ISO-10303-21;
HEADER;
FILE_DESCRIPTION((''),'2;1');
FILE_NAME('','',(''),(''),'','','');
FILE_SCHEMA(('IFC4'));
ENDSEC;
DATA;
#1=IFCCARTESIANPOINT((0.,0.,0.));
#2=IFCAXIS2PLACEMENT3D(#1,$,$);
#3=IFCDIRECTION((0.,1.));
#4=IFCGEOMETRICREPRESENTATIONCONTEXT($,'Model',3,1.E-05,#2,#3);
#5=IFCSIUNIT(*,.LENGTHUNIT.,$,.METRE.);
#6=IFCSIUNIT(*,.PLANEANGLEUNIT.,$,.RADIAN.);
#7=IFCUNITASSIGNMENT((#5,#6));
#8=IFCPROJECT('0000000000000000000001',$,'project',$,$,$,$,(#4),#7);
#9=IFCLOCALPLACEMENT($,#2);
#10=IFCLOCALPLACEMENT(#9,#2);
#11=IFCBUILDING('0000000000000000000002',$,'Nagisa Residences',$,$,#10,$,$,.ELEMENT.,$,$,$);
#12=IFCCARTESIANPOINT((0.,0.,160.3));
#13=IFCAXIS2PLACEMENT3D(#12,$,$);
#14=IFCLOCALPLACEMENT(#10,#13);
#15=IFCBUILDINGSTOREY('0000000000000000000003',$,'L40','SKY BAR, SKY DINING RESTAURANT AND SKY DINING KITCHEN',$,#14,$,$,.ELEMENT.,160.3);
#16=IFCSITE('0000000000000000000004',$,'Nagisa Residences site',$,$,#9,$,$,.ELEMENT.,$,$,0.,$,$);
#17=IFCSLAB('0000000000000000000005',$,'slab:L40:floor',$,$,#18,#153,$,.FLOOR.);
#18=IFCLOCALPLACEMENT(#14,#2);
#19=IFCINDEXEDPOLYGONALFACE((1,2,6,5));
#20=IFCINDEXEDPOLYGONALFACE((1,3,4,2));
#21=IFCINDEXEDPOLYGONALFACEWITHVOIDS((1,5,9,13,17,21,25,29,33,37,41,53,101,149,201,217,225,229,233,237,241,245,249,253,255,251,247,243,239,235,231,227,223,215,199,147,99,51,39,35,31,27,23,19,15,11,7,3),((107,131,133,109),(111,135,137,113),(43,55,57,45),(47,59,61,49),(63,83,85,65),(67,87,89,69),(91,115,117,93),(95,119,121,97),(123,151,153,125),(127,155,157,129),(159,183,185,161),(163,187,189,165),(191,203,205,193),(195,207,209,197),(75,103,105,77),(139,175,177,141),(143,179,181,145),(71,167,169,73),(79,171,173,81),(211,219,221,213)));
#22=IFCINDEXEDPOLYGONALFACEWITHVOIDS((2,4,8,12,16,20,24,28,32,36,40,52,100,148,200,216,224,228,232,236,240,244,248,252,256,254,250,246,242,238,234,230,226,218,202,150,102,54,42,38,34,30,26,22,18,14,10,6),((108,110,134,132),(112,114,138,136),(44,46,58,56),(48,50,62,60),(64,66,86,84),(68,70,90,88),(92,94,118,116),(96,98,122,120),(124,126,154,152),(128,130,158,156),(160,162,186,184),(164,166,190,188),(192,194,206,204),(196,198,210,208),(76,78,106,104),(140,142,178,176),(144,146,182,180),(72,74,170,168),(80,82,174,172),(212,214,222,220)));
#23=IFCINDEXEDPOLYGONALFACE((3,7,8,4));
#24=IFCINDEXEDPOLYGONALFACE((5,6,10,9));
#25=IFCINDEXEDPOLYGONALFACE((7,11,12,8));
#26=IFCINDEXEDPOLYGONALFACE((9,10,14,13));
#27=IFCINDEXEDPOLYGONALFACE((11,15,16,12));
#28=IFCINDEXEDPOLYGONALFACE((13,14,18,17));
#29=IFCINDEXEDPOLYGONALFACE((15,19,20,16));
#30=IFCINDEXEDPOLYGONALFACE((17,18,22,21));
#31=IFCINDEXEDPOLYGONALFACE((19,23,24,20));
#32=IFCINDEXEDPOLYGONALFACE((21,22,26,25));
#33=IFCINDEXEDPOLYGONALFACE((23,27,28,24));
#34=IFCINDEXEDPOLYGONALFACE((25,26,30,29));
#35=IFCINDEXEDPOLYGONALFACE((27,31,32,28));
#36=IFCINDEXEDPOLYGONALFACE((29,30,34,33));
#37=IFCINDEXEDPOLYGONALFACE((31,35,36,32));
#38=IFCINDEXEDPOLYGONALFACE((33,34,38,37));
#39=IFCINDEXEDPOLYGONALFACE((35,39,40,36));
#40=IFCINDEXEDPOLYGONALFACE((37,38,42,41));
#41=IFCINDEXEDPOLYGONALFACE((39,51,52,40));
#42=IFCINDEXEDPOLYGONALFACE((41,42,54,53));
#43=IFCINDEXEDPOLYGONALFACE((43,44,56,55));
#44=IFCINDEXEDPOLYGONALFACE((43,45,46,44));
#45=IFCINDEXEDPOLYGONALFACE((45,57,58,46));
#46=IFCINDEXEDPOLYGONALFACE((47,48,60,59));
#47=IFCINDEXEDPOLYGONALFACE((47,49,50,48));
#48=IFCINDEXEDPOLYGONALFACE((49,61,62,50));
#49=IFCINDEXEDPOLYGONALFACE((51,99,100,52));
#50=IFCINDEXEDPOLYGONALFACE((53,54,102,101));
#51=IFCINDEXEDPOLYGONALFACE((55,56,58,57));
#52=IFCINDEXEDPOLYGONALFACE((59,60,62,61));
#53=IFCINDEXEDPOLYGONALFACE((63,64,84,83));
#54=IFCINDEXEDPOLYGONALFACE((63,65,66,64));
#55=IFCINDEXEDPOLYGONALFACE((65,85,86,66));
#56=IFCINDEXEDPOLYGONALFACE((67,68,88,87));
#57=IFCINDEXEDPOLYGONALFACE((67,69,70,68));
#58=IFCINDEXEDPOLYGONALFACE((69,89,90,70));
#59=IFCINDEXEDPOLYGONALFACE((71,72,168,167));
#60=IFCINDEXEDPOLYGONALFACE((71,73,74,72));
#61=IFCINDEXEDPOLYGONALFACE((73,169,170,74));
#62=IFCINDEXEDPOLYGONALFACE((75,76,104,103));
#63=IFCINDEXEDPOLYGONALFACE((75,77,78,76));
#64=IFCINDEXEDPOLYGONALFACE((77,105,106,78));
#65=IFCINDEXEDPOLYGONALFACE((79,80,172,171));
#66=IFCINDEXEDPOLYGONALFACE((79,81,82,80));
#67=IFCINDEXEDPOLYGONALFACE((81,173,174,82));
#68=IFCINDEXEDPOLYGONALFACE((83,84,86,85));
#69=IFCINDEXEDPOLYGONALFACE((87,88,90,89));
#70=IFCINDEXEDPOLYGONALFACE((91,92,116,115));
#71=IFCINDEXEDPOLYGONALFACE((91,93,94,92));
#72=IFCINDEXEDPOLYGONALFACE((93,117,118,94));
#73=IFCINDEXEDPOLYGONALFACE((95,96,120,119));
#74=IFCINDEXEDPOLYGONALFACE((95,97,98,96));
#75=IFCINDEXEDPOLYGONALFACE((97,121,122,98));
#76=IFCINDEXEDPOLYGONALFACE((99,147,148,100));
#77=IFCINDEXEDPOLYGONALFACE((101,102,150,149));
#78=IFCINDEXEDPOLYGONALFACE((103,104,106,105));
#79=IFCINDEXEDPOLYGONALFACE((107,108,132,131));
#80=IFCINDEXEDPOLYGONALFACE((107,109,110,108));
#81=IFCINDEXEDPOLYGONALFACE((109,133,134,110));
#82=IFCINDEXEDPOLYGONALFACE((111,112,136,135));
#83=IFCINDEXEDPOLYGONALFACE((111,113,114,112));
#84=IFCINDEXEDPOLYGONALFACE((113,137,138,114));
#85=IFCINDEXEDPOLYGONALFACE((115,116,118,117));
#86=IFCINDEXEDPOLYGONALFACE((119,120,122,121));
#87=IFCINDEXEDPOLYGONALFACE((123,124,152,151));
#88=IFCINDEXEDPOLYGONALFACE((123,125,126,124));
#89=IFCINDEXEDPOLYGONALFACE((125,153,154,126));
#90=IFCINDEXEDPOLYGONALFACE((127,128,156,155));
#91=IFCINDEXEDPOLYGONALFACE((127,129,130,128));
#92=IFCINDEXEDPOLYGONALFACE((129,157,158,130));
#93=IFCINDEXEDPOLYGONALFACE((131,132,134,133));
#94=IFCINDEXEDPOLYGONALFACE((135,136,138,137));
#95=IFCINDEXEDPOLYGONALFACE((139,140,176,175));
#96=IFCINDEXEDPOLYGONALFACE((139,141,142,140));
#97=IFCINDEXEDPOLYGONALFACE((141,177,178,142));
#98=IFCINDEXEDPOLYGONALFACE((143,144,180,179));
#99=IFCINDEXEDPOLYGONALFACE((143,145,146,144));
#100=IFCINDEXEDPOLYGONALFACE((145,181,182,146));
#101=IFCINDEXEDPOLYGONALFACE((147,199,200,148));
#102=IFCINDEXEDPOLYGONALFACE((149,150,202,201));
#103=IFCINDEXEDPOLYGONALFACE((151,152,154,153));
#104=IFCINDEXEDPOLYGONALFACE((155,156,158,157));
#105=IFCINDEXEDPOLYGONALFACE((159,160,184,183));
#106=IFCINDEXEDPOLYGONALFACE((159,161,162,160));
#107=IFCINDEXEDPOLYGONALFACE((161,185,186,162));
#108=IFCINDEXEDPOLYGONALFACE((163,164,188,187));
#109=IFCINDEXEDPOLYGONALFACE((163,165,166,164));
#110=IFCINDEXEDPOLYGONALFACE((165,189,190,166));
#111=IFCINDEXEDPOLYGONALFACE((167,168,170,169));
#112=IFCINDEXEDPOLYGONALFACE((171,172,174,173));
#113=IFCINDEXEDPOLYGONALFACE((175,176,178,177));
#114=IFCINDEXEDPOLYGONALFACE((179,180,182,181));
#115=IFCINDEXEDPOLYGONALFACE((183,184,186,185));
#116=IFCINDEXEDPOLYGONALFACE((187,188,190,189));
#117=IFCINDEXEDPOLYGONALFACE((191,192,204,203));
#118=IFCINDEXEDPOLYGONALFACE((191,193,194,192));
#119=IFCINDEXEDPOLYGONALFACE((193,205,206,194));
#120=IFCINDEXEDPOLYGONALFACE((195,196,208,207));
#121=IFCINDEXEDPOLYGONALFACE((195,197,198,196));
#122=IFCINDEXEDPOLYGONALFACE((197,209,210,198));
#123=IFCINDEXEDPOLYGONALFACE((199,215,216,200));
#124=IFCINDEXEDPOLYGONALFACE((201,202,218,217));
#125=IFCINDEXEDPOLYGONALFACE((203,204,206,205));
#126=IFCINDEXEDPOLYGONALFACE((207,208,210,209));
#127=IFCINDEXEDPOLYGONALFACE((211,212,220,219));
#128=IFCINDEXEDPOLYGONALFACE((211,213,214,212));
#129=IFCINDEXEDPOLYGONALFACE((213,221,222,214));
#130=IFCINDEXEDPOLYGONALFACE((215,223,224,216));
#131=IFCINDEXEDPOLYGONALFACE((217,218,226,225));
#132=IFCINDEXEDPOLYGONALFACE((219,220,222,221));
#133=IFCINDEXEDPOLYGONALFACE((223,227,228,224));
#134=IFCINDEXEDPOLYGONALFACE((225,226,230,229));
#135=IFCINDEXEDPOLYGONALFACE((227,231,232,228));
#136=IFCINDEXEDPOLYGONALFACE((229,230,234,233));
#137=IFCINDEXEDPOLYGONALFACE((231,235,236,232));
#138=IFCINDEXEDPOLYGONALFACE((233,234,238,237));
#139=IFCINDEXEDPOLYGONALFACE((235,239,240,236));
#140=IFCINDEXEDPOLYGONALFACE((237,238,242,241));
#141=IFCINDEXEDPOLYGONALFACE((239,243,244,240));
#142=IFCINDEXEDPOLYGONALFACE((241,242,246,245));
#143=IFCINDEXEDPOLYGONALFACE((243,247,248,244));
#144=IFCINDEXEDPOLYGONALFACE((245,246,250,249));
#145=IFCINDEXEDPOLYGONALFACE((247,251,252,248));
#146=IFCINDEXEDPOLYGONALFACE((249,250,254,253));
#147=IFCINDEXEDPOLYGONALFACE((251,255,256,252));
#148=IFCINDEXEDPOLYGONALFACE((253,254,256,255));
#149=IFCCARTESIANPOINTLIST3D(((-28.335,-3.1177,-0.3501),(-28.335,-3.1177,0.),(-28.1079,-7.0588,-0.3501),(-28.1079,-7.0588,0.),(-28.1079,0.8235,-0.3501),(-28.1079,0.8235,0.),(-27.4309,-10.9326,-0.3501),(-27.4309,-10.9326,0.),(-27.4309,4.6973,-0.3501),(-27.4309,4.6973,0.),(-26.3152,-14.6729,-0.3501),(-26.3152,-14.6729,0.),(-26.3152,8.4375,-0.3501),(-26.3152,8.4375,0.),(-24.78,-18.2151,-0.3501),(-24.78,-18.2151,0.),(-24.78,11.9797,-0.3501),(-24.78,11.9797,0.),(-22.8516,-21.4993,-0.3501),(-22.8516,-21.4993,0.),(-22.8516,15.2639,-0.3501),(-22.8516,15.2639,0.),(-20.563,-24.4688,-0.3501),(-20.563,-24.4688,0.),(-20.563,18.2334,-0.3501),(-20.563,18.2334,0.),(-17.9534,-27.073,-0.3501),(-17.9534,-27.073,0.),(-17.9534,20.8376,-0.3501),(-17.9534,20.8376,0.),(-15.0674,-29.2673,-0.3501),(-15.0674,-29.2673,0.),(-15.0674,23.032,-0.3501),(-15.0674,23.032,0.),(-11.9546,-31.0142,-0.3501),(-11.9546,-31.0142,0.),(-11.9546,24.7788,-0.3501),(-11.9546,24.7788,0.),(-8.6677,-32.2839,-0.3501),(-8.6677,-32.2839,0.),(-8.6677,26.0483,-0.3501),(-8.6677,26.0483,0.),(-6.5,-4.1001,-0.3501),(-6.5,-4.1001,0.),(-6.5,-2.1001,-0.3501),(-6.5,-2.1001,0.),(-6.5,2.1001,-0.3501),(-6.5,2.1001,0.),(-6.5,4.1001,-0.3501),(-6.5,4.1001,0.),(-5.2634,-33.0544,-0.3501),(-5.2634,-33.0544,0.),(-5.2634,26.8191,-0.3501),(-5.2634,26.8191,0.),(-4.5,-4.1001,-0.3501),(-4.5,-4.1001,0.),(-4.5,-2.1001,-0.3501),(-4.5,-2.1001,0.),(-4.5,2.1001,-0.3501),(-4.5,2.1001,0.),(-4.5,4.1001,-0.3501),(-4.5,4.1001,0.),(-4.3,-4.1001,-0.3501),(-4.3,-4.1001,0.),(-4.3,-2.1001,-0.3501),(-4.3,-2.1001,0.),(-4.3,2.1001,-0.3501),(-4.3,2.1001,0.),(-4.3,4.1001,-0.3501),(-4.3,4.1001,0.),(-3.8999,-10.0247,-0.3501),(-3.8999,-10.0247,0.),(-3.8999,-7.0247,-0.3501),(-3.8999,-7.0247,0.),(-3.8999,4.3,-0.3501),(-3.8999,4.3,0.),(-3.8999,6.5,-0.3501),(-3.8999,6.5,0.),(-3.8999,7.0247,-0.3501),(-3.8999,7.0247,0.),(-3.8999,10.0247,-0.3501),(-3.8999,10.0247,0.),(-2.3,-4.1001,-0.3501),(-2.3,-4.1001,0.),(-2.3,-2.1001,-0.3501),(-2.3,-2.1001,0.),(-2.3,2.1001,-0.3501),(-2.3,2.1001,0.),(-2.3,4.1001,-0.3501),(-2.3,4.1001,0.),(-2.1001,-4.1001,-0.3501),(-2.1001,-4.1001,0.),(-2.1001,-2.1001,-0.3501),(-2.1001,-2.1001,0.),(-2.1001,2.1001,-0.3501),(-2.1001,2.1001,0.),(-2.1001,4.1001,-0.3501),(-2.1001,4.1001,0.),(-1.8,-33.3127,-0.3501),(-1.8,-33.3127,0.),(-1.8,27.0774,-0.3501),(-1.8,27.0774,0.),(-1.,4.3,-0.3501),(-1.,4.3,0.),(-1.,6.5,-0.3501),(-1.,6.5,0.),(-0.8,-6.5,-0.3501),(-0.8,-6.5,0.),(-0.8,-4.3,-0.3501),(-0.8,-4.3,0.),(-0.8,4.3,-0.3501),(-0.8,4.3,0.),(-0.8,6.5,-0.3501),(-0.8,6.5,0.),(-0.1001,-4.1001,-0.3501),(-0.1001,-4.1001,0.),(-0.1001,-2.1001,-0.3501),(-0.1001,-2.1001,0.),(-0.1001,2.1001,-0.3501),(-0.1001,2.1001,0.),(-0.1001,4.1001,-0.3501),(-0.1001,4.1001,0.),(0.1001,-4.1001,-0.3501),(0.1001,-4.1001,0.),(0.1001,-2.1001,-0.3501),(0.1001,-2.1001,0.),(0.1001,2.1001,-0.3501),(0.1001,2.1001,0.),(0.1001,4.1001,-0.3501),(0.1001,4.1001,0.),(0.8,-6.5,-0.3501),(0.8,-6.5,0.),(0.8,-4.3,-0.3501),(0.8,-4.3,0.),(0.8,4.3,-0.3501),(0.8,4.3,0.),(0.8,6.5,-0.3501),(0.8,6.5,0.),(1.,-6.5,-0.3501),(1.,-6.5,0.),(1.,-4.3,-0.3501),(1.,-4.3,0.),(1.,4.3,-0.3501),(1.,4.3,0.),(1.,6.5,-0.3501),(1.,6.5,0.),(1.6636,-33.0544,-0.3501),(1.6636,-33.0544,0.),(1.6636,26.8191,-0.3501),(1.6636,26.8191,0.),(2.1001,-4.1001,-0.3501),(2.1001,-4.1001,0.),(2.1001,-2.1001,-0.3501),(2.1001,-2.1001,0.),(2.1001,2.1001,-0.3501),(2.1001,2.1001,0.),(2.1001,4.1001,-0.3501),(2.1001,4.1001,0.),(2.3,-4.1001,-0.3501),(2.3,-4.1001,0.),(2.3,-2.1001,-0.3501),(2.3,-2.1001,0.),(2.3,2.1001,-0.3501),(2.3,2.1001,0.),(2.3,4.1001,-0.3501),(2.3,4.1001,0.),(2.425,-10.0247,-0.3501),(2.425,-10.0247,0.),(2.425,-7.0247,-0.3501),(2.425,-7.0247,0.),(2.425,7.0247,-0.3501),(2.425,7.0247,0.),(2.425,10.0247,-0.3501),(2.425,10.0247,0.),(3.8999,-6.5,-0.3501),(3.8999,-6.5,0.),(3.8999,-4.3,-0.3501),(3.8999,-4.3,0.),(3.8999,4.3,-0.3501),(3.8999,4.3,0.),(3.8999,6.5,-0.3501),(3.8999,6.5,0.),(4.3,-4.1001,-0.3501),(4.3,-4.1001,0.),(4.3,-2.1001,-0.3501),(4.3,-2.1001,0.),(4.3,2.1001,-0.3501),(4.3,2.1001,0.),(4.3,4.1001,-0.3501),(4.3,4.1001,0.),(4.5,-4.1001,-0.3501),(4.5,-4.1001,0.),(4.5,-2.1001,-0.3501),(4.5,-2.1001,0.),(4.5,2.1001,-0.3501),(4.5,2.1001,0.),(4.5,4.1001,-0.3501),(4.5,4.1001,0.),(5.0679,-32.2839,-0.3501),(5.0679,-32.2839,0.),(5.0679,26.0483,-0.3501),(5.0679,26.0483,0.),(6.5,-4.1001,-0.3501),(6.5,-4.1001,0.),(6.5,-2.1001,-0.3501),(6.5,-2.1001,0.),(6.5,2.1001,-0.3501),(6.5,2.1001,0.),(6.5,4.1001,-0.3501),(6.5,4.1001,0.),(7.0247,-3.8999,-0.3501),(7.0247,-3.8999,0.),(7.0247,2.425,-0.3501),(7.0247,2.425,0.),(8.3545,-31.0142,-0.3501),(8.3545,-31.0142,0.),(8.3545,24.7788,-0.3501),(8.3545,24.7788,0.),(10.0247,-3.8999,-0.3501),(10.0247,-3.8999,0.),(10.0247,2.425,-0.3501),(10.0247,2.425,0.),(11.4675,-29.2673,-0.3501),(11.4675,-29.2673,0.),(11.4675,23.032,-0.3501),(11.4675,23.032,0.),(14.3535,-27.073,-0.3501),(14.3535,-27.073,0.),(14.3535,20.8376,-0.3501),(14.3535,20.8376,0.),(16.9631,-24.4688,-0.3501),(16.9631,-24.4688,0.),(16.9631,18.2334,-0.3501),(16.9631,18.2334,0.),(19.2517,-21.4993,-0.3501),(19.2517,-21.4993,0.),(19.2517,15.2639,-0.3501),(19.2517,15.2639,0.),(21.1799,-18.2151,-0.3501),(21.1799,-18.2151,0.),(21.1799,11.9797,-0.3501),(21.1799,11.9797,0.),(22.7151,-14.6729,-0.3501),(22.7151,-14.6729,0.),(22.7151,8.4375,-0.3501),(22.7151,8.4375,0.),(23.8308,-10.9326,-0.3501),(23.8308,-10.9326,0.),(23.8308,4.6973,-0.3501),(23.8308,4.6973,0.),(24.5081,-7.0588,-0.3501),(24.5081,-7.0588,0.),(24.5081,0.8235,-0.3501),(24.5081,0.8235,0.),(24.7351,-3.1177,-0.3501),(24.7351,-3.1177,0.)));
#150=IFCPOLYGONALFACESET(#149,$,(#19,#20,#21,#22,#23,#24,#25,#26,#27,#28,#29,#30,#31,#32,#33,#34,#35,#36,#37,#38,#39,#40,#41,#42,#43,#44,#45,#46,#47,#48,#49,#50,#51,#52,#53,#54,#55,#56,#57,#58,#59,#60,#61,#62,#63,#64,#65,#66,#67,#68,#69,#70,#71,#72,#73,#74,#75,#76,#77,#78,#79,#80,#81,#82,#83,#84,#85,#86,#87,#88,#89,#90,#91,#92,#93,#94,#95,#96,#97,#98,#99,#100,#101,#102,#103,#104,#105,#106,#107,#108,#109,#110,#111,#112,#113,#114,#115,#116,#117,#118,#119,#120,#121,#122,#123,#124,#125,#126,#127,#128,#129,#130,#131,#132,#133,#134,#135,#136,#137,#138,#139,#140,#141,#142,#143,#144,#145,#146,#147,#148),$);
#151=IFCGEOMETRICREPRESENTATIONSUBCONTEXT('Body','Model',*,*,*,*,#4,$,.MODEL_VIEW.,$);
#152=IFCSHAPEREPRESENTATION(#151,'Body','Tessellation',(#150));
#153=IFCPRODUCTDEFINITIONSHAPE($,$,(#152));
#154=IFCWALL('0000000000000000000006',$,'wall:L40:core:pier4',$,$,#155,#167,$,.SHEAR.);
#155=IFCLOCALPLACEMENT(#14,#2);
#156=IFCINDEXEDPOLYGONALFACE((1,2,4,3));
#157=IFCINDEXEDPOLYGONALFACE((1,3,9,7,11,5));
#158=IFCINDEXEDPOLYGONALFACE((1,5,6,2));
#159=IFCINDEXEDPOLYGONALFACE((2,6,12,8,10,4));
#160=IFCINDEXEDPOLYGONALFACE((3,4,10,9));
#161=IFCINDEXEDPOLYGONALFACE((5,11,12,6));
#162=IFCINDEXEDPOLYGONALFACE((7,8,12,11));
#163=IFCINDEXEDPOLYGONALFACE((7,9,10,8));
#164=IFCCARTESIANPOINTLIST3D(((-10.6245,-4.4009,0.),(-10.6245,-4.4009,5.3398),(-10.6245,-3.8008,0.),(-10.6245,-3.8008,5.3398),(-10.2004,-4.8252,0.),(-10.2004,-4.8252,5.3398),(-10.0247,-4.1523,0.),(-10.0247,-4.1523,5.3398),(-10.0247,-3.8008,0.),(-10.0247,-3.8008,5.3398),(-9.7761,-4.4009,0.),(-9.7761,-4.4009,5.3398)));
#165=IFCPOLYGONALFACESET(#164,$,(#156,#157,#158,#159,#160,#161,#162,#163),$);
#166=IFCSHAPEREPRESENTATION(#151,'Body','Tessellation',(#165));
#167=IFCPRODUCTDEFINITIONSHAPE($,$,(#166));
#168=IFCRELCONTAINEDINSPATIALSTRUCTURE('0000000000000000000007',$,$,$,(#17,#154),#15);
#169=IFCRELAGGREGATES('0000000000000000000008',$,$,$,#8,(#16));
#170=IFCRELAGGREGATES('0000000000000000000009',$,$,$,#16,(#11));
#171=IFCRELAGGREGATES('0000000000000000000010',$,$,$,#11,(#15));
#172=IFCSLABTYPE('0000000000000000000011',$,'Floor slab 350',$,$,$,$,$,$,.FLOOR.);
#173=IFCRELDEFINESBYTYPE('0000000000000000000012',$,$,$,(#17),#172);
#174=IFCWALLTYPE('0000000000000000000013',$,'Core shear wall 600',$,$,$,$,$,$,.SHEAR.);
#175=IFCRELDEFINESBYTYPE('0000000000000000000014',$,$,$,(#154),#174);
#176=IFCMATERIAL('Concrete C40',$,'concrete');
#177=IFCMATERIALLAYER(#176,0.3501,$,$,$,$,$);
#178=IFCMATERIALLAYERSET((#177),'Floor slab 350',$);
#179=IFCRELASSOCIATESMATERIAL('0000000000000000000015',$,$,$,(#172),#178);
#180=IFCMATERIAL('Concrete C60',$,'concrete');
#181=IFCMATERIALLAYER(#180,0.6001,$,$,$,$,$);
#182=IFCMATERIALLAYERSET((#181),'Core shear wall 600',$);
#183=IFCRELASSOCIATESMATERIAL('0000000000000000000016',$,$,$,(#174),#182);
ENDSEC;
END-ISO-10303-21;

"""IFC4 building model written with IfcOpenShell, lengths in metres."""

from ifc_helpers import new_model, si_unit, direction, frame, origin, place, context, subcontext, project, spatial, polyline, outline, extrude, material, layer, layer_set, type_object, element, save


model = new_model("IFC4")

# Units and contexts
model_context = context("Model", 3, precision=1e-05, world=origin(), true_north=direction((0.0, 1.0)))
body_context = subcontext(model_context, "Body", "Model", "MODEL_VIEW")
ifc_project = project(units=[si_unit("LENGTHUNIT", "METRE"), si_unit("PLANEANGLEUNIT", "RADIAN")], contexts=[model_context])

# Site, building, storey
site_placement = place(None, origin())
site = spatial("IfcSite", under=ifc_project, at=site_placement, Name="Nagisa Residences site", CompositionType="ELEMENT", RefElevation=0.0)
building_placement = place(site_placement, origin())
building = spatial("IfcBuilding", under=site, at=building_placement, Name="Nagisa Residences", CompositionType="ELEMENT")
storey_placement = place(building_placement, frame((0.0, 0.0, 160.3)))
storey = spatial("IfcBuildingStorey", under=building, at=storey_placement, Name="L40", Description="SKY BAR, SKY DINING RESTAURANT AND SKY DINING KITCHEN", CompositionType="ELEMENT", Elevation=160.3)

# Slab
ifc_material_1 = material(Name="Concrete C40", Category="concrete")
ifc_layer_1 = layer(ifc_material_1, 0.3501)
ifc_layer_set_1 = layer_set([ifc_layer_1], Name="Floor slab 350")
slab_type_1 = type_object("IfcSlabType", Name="Floor slab 350", PredefinedType="FLOOR", material=ifc_layer_set_1)
slab_1_placement = place(storey_placement, frame((0.0, 0.0, -0.3501)))
element("IfcSlab", 1, at=slab_1_placement, inside=storey, type_object=slab_type_1, Name="slab:L40:floor", PredefinedType="FLOOR", context=body_context, shape_type="SweptSolid", body=[
    extrude(outline(polyline([(24.7351, -3.1177), (24.5081, 0.8235), (23.8308, 4.6973), (22.7151, 8.4375), (21.1799, 11.9797), (19.2517, 15.2639), (16.9631, 18.2334), (14.3535, 20.8376), (11.4675, 23.032), (8.3545, 24.7788), (5.0679, 26.0483), (1.6636, 26.8191), (-1.8, 27.0774), (-5.2634, 26.8191), (-8.6677, 26.0483), (-11.9546, 24.7788), (-15.0674, 23.032), (-17.9534, 20.8376), (-20.563, 18.2334), (-22.8516, 15.2639), (-24.78, 11.9797), (-26.3152, 8.4375), (-27.4309, 4.6973), (-28.1079, 0.8235), (-28.335, -3.1177), (-28.1079, -7.0588), (-27.4309, -10.9326), (-26.3152, -14.6729), (-24.78, -18.2151), (-22.8516, -21.4993), (-20.563, -24.4688), (-17.9534, -27.073), (-15.0674, -29.2673), (-11.9546, -31.0142), (-8.6677, -32.2839), (-5.2634, -33.0544), (-1.8, -33.3127), (1.6636, -33.0544), (5.0679, -32.2839), (8.3545, -31.0142), (11.4675, -29.2673), (14.3535, -27.073), (16.9631, -24.4688), (19.2517, -21.4993), (21.1799, -18.2151), (22.7151, -14.6729), (23.8308, -10.9326), (24.5081, -7.0588), (24.7351, -3.1177)]), holes=[polyline([(-4.5, 2.1001), (-4.5, 4.1001), (-6.5, 4.1001), (-6.5, 2.1001), (-4.5, 2.1001)]), polyline([(-2.3, 2.1001), (-2.3, 4.1001), (-4.3, 4.1001), (-4.3, 2.1001), (-2.3, 2.1001)]), polyline([(-0.1001, 2.1001), (-0.1001, 4.1001), (-2.1001, 4.1001), (-2.1001, 2.1001), (-0.1001, 2.1001)]), polyline([(2.1001, 2.1001), (2.1001, 4.1001), (0.1001, 4.1001), (0.1001, 2.1001), (2.1001, 2.1001)]), polyline([(4.3, 2.1001), (4.3, 4.1001), (2.3, 4.1001), (2.3, 2.1001), (4.3, 2.1001)]), polyline([(6.5, 2.1001), (6.5, 4.1001), (4.5, 4.1001), (4.5, 2.1001), (6.5, 2.1001)]), polyline([(-4.5, -4.1001), (-4.5, -2.1001), (-6.5, -2.1001), (-6.5, -4.1001), (-4.5, -4.1001)]), polyline([(-2.3, -4.1001), (-2.3, -2.1001), (-4.3, -2.1001), (-4.3, -4.1001), (-2.3, -4.1001)]), polyline([(-0.1001, -4.1001), (-0.1001, -2.1001), (-2.1001, -2.1001), (-2.1001, -4.1001), (-0.1001, -4.1001)]), polyline([(2.1001, -4.1001), (2.1001, -2.1001), (0.1001, -2.1001), (0.1001, -4.1001), (2.1001, -4.1001)]), polyline([(4.3, -4.1001), (4.3, -2.1001), (2.3, -2.1001), (2.3, -4.1001), (4.3, -4.1001)]), polyline([(6.5, -4.1001), (6.5, -2.1001), (4.5, -2.1001), (4.5, -4.1001), (6.5, -4.1001)]), polyline([(3.8999, 4.3), (3.8999, 6.5), (1.0, 6.5), (1.0, 4.3), (3.8999, 4.3)]), polyline([(3.8999, -6.5), (3.8999, -4.3), (1.0, -4.3), (1.0, -6.5), (3.8999, -6.5)]), polyline([(-1.0, 4.3), (-1.0, 6.5), (-3.8999, 6.5), (-3.8999, 4.3), (-1.0, 4.3)]), polyline([(0.8, 4.3), (0.8, 6.5), (-0.8, 6.5), (-0.8, 4.3), (0.8, 4.3)]), polyline([(0.8, -6.5), (0.8, -4.3), (-0.8, -4.3), (-0.8, -6.5), (0.8, -6.5)]), polyline([(10.0247, -3.8999), (7.0247, -3.8999), (7.0247, 2.425), (10.0247, 2.425), (10.0247, -3.8999)]), polyline([(-3.8999, 7.0247), (-3.8999, 10.0247), (2.425, 10.0247), (2.425, 7.0247), (-3.8999, 7.0247)]), polyline([(-3.8999, -10.0247), (-3.8999, -7.0247), (2.425, -7.0247), (2.425, -10.0247), (-3.8999, -10.0247)])]), origin(), (0.0, 0.0, 1.0), 0.3501),
])

# Wall
ifc_material_2 = material(Name="Concrete C60", Category="concrete")
ifc_layer_2 = layer(ifc_material_2, 0.6001)
ifc_layer_set_2 = layer_set([ifc_layer_2], Name="Core shear wall 600")
wall_type_1 = type_object("IfcWallType", Name="Core shear wall 600", PredefinedType="SHEAR", material=ifc_layer_set_2)
wall_1_placement = place(storey_placement, origin())
element("IfcWall", 2, at=wall_1_placement, inside=storey, type_object=wall_type_1, Name="wall:L40:core:pier4", PredefinedType="SHEAR", context=body_context, shape_type="SweptSolid", body=[
    extrude(outline(polyline([(-10.6245, -3.8008), (-10.0247, -3.8008), (-10.0247, -4.1523), (-9.7761, -4.4009), (-10.2004, -4.8252), (-10.6245, -4.4009), (-10.6245, -3.8008)])), origin(), (0.0, 0.0, 1.0), 5.3398),
])

save(model, "model.ifc")
